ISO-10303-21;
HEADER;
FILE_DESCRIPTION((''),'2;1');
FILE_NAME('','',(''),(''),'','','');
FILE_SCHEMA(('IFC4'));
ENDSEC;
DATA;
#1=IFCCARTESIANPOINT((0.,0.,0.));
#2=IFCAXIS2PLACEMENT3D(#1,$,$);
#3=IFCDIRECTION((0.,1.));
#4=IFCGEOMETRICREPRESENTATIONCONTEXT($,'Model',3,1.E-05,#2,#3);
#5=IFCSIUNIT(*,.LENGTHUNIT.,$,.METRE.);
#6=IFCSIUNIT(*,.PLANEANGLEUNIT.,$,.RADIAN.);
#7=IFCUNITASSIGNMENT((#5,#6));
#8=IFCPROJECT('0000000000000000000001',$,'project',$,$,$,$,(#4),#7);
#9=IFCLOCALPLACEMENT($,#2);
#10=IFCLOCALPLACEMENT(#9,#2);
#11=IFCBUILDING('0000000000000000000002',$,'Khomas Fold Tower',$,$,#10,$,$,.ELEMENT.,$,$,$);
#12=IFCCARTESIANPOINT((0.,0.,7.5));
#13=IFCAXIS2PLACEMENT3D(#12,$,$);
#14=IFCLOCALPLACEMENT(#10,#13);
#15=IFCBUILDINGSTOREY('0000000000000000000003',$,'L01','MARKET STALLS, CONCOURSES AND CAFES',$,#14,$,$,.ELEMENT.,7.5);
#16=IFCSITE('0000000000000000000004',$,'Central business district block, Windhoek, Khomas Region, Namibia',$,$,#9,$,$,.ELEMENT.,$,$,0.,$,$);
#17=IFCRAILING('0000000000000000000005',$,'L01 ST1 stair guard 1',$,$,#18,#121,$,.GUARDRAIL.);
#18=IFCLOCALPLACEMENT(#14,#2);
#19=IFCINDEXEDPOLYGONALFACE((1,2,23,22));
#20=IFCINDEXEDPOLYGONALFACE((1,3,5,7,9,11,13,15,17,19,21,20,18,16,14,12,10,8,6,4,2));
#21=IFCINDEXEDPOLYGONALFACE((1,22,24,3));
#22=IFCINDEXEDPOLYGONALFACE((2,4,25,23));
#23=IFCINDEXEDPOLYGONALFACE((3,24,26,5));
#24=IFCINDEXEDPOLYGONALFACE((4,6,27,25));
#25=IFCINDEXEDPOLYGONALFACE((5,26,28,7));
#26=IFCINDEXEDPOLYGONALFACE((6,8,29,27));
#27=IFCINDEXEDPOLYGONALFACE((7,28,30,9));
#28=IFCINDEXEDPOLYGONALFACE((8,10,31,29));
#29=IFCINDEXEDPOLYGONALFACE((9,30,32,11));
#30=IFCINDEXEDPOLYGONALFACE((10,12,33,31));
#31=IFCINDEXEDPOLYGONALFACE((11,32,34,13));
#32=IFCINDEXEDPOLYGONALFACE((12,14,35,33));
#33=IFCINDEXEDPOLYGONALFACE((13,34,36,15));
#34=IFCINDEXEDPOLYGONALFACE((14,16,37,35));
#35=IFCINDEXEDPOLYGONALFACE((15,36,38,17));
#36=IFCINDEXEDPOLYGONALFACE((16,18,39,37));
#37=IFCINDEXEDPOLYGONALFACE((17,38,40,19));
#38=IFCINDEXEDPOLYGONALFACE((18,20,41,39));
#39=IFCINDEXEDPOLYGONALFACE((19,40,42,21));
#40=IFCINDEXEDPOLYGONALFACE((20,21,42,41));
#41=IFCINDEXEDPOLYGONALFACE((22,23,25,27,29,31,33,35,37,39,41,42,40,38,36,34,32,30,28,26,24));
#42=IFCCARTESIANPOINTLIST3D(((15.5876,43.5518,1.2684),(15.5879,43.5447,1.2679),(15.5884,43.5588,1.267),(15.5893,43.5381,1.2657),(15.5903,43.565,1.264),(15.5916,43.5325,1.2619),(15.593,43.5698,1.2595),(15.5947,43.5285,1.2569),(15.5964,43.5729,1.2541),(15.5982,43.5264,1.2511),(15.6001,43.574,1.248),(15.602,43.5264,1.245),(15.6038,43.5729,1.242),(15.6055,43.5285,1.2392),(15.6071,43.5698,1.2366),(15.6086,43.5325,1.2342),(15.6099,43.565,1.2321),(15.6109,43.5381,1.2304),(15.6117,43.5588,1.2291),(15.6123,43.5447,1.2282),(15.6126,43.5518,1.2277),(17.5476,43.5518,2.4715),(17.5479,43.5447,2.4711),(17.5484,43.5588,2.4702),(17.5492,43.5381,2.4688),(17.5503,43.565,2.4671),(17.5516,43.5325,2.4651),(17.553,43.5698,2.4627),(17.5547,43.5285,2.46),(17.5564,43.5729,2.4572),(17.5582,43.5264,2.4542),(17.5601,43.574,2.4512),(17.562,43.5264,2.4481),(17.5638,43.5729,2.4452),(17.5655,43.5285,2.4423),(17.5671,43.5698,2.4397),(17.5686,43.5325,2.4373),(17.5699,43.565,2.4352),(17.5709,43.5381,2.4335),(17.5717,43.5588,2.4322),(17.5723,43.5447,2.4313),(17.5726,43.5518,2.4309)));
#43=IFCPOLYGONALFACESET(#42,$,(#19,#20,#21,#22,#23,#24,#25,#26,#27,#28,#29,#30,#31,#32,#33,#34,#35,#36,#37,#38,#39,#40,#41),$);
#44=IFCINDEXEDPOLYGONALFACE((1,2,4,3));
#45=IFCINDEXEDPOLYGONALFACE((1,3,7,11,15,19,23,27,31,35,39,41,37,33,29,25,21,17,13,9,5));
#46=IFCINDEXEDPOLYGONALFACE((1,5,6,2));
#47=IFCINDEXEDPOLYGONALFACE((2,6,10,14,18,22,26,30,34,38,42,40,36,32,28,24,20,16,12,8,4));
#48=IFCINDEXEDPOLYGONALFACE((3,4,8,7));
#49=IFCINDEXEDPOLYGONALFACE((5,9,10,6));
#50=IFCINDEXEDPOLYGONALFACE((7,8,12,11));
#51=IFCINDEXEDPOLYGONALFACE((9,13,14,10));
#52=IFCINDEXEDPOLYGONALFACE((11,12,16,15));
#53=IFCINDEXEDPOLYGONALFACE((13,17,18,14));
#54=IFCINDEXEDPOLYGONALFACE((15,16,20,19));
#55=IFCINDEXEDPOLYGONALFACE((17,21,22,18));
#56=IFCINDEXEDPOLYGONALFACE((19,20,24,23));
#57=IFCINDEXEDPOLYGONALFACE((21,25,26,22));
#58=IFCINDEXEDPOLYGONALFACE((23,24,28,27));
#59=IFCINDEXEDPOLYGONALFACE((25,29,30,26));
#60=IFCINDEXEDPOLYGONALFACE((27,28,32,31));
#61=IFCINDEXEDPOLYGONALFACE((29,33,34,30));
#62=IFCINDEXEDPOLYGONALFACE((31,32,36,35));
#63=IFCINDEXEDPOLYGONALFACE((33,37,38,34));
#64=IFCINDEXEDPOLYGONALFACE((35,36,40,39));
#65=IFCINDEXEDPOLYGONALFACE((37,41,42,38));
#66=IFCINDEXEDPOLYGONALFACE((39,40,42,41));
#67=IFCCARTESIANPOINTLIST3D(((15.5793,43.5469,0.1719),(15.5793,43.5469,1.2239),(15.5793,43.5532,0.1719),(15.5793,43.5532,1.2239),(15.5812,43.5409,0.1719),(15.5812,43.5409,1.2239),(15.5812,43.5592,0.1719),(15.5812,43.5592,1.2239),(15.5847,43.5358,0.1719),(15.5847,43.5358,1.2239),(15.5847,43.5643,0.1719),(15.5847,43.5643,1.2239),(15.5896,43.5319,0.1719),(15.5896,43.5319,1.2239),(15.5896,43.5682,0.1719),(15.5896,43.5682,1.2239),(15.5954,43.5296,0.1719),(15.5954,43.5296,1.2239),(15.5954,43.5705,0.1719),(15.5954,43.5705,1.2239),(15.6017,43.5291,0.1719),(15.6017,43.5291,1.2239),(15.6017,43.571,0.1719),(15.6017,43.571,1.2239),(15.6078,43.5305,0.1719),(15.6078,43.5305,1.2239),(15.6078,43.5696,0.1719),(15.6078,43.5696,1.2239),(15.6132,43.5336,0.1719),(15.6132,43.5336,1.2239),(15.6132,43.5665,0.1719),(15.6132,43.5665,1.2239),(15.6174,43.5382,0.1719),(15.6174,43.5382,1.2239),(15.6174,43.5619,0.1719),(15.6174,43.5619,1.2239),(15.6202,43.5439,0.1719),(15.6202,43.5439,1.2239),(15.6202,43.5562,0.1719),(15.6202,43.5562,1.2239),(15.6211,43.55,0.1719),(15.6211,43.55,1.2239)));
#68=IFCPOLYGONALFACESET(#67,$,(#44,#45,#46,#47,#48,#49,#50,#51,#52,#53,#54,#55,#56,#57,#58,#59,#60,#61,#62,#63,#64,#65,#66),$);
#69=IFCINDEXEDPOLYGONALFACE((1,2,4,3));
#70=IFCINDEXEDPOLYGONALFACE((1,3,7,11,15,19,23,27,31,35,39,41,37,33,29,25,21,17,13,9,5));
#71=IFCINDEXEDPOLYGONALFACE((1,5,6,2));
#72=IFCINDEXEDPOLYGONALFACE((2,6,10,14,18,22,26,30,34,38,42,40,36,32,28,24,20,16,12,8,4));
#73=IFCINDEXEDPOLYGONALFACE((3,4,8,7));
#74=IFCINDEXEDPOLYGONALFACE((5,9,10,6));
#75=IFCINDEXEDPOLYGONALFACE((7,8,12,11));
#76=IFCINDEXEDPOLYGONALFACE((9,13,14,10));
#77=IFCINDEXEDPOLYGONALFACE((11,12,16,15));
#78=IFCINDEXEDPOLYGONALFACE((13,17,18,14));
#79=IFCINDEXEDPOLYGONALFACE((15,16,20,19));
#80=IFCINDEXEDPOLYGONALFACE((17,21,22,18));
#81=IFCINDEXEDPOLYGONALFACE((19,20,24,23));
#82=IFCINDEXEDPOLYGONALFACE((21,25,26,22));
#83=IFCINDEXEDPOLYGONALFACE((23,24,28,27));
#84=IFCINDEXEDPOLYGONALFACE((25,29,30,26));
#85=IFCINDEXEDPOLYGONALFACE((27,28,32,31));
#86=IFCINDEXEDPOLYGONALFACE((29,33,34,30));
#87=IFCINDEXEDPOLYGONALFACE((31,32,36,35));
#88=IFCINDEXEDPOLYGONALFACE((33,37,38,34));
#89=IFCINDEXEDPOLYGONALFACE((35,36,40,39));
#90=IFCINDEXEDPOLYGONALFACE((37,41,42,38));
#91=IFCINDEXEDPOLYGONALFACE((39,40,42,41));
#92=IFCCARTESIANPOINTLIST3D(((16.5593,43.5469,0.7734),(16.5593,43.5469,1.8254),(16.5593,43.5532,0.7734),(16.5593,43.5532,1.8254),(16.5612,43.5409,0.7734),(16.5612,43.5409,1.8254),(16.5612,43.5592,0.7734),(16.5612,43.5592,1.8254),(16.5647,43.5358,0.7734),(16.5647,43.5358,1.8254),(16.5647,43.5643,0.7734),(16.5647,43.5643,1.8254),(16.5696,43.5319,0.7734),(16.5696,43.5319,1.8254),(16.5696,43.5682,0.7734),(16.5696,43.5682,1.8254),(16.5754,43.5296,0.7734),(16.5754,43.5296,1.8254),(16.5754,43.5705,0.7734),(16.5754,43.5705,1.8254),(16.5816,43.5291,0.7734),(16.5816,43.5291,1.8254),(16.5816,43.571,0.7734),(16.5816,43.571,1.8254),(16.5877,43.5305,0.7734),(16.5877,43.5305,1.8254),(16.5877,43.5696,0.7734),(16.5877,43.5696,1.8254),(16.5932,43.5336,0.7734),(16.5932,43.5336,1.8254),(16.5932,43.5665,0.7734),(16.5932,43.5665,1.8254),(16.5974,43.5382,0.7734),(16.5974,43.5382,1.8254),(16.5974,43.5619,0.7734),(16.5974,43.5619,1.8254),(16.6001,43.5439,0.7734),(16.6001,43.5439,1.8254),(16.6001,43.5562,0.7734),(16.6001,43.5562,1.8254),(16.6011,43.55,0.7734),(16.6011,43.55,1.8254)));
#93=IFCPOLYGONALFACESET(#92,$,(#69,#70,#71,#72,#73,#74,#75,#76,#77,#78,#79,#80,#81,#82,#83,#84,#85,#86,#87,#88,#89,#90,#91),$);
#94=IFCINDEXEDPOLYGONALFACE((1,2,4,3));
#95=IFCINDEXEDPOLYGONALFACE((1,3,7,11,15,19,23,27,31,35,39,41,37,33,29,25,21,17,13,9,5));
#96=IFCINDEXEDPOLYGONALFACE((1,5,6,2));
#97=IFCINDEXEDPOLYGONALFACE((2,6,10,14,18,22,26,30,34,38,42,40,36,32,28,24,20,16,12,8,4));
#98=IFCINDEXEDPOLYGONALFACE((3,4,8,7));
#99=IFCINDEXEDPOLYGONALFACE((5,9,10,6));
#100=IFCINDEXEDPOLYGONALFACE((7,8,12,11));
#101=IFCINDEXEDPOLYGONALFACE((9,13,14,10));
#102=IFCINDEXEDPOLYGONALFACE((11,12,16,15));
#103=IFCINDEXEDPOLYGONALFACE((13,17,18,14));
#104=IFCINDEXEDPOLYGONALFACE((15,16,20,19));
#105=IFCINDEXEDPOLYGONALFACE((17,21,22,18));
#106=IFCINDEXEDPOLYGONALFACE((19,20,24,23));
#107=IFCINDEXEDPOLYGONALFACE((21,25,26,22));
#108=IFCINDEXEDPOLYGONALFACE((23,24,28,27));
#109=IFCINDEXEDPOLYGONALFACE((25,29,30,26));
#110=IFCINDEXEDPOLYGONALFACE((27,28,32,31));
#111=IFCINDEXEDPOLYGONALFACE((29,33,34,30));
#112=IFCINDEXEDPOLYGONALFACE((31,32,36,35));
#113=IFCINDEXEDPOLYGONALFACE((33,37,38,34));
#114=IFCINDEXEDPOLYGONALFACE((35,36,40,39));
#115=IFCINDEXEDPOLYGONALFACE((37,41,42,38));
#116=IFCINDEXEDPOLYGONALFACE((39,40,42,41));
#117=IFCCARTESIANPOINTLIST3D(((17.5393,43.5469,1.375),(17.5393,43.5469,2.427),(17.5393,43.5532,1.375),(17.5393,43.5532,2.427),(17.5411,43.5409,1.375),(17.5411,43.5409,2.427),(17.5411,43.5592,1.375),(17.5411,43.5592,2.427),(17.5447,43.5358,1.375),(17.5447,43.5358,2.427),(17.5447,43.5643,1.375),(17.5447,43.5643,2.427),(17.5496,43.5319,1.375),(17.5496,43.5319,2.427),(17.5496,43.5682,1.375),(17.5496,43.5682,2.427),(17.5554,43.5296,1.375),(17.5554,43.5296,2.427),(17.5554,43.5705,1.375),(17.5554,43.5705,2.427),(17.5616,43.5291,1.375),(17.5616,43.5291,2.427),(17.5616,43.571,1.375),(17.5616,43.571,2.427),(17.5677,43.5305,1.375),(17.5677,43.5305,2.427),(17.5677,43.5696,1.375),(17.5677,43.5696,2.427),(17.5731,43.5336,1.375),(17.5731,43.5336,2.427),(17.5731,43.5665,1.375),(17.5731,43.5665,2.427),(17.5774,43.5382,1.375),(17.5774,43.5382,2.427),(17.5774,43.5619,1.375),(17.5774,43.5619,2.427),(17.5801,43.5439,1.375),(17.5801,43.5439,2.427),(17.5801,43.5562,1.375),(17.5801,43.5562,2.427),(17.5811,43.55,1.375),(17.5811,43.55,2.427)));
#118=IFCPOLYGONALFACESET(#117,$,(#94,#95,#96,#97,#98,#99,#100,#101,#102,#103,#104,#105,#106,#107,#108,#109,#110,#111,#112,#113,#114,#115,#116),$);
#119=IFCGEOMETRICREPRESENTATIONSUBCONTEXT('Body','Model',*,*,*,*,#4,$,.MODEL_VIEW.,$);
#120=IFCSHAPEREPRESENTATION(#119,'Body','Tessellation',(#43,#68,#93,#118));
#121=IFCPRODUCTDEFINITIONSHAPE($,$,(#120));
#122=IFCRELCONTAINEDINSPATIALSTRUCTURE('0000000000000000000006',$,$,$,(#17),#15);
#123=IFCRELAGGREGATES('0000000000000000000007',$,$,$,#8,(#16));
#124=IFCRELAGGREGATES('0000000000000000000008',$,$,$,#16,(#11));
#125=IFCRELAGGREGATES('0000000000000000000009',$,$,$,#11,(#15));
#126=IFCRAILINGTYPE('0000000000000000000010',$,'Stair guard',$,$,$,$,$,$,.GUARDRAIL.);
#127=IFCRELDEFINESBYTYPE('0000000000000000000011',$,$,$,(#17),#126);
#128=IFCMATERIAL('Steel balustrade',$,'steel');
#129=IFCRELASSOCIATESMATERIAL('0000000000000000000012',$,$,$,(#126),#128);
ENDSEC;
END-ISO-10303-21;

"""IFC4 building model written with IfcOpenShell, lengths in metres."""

from ifc_helpers import new_model, si_unit, direction, frame, origin, origin_2d, place, context, subcontext, project, spatial, circle, extrude, source, transform, mapped, material, type_object, element, save


model = new_model("IFC4")

# Units and contexts
model_context = context("Model", 3, precision=1e-05, world=origin(), true_north=direction((0.0, 1.0)))
body_context = subcontext(model_context, "Body", "Model", "MODEL_VIEW")
ifc_project = project(units=[si_unit("LENGTHUNIT", "METRE"), si_unit("PLANEANGLEUNIT", "RADIAN")], contexts=[model_context])

# Site, building, storey
site_placement = place(None, origin())
site = spatial("IfcSite", under=ifc_project, at=site_placement, Name="Central business district block, Windhoek, Khomas Region, Namibia", CompositionType="ELEMENT", RefElevation=0.0)
building_placement = place(site_placement, origin())
building = spatial("IfcBuilding", under=site, at=building_placement, Name="Khomas Fold Tower", CompositionType="ELEMENT")
storey_placement = place(building_placement, frame((0.0, 0.0, 7.5)))
storey = spatial("IfcBuildingStorey", under=building, at=storey_placement, Name="L01", Description="MARKET STALLS, CONCOURSES AND CAFES", CompositionType="ELEMENT", Elevation=7.5)

# Railing
ifc_material_1 = material(Name="Steel balustrade", Category="steel")
railing_type_1 = type_object("IfcRailingType", Name="Stair guard", PredefinedType="GUARDRAIL", material=ifc_material_1)
shared_shape_1 = source(origin(), body_context, "Body", "SweptSolid", [
    extrude(circle(Radius=0.0239, at=origin_2d()), frame((0.0, 0.0, 1.0762), z_axis=(0.852241, 0.0, 0.523149), x_axis=(0.0, 1.0, 0.0)), (0.0, 0.0, 1.0), 2.2998),
    extrude(circle(Radius=0.021, at=origin_2d()), origin(), (0.0, 0.0, 1.0), 1.052),
    extrude(circle(Radius=0.021, at=origin_2d()), frame((0.98, 0.0, 0.6016)), (0.0, 0.0, 1.0), 1.052),
    extrude(circle(Radius=0.021, at=origin_2d()), frame((1.96, 0.0, 1.2031)), (0.0, 0.0, 1.0), 1.052),
])
for number, where, name in (
    (1, (15.6001, 43.55, 0.1719), "L01 ST1 stair guard 1"),
):
    element("IfcRailing", number, at=place(storey_placement, frame(where)), inside=storey, type_object=railing_type_1, Name=name, PredefinedType="GUARDRAIL", context=body_context, shape_type="MappedRepresentation", body=[
        mapped(shared_shape_1, transform((0.0, 0.0, 0.0))),
    ])

save(model, "model.ifc")
